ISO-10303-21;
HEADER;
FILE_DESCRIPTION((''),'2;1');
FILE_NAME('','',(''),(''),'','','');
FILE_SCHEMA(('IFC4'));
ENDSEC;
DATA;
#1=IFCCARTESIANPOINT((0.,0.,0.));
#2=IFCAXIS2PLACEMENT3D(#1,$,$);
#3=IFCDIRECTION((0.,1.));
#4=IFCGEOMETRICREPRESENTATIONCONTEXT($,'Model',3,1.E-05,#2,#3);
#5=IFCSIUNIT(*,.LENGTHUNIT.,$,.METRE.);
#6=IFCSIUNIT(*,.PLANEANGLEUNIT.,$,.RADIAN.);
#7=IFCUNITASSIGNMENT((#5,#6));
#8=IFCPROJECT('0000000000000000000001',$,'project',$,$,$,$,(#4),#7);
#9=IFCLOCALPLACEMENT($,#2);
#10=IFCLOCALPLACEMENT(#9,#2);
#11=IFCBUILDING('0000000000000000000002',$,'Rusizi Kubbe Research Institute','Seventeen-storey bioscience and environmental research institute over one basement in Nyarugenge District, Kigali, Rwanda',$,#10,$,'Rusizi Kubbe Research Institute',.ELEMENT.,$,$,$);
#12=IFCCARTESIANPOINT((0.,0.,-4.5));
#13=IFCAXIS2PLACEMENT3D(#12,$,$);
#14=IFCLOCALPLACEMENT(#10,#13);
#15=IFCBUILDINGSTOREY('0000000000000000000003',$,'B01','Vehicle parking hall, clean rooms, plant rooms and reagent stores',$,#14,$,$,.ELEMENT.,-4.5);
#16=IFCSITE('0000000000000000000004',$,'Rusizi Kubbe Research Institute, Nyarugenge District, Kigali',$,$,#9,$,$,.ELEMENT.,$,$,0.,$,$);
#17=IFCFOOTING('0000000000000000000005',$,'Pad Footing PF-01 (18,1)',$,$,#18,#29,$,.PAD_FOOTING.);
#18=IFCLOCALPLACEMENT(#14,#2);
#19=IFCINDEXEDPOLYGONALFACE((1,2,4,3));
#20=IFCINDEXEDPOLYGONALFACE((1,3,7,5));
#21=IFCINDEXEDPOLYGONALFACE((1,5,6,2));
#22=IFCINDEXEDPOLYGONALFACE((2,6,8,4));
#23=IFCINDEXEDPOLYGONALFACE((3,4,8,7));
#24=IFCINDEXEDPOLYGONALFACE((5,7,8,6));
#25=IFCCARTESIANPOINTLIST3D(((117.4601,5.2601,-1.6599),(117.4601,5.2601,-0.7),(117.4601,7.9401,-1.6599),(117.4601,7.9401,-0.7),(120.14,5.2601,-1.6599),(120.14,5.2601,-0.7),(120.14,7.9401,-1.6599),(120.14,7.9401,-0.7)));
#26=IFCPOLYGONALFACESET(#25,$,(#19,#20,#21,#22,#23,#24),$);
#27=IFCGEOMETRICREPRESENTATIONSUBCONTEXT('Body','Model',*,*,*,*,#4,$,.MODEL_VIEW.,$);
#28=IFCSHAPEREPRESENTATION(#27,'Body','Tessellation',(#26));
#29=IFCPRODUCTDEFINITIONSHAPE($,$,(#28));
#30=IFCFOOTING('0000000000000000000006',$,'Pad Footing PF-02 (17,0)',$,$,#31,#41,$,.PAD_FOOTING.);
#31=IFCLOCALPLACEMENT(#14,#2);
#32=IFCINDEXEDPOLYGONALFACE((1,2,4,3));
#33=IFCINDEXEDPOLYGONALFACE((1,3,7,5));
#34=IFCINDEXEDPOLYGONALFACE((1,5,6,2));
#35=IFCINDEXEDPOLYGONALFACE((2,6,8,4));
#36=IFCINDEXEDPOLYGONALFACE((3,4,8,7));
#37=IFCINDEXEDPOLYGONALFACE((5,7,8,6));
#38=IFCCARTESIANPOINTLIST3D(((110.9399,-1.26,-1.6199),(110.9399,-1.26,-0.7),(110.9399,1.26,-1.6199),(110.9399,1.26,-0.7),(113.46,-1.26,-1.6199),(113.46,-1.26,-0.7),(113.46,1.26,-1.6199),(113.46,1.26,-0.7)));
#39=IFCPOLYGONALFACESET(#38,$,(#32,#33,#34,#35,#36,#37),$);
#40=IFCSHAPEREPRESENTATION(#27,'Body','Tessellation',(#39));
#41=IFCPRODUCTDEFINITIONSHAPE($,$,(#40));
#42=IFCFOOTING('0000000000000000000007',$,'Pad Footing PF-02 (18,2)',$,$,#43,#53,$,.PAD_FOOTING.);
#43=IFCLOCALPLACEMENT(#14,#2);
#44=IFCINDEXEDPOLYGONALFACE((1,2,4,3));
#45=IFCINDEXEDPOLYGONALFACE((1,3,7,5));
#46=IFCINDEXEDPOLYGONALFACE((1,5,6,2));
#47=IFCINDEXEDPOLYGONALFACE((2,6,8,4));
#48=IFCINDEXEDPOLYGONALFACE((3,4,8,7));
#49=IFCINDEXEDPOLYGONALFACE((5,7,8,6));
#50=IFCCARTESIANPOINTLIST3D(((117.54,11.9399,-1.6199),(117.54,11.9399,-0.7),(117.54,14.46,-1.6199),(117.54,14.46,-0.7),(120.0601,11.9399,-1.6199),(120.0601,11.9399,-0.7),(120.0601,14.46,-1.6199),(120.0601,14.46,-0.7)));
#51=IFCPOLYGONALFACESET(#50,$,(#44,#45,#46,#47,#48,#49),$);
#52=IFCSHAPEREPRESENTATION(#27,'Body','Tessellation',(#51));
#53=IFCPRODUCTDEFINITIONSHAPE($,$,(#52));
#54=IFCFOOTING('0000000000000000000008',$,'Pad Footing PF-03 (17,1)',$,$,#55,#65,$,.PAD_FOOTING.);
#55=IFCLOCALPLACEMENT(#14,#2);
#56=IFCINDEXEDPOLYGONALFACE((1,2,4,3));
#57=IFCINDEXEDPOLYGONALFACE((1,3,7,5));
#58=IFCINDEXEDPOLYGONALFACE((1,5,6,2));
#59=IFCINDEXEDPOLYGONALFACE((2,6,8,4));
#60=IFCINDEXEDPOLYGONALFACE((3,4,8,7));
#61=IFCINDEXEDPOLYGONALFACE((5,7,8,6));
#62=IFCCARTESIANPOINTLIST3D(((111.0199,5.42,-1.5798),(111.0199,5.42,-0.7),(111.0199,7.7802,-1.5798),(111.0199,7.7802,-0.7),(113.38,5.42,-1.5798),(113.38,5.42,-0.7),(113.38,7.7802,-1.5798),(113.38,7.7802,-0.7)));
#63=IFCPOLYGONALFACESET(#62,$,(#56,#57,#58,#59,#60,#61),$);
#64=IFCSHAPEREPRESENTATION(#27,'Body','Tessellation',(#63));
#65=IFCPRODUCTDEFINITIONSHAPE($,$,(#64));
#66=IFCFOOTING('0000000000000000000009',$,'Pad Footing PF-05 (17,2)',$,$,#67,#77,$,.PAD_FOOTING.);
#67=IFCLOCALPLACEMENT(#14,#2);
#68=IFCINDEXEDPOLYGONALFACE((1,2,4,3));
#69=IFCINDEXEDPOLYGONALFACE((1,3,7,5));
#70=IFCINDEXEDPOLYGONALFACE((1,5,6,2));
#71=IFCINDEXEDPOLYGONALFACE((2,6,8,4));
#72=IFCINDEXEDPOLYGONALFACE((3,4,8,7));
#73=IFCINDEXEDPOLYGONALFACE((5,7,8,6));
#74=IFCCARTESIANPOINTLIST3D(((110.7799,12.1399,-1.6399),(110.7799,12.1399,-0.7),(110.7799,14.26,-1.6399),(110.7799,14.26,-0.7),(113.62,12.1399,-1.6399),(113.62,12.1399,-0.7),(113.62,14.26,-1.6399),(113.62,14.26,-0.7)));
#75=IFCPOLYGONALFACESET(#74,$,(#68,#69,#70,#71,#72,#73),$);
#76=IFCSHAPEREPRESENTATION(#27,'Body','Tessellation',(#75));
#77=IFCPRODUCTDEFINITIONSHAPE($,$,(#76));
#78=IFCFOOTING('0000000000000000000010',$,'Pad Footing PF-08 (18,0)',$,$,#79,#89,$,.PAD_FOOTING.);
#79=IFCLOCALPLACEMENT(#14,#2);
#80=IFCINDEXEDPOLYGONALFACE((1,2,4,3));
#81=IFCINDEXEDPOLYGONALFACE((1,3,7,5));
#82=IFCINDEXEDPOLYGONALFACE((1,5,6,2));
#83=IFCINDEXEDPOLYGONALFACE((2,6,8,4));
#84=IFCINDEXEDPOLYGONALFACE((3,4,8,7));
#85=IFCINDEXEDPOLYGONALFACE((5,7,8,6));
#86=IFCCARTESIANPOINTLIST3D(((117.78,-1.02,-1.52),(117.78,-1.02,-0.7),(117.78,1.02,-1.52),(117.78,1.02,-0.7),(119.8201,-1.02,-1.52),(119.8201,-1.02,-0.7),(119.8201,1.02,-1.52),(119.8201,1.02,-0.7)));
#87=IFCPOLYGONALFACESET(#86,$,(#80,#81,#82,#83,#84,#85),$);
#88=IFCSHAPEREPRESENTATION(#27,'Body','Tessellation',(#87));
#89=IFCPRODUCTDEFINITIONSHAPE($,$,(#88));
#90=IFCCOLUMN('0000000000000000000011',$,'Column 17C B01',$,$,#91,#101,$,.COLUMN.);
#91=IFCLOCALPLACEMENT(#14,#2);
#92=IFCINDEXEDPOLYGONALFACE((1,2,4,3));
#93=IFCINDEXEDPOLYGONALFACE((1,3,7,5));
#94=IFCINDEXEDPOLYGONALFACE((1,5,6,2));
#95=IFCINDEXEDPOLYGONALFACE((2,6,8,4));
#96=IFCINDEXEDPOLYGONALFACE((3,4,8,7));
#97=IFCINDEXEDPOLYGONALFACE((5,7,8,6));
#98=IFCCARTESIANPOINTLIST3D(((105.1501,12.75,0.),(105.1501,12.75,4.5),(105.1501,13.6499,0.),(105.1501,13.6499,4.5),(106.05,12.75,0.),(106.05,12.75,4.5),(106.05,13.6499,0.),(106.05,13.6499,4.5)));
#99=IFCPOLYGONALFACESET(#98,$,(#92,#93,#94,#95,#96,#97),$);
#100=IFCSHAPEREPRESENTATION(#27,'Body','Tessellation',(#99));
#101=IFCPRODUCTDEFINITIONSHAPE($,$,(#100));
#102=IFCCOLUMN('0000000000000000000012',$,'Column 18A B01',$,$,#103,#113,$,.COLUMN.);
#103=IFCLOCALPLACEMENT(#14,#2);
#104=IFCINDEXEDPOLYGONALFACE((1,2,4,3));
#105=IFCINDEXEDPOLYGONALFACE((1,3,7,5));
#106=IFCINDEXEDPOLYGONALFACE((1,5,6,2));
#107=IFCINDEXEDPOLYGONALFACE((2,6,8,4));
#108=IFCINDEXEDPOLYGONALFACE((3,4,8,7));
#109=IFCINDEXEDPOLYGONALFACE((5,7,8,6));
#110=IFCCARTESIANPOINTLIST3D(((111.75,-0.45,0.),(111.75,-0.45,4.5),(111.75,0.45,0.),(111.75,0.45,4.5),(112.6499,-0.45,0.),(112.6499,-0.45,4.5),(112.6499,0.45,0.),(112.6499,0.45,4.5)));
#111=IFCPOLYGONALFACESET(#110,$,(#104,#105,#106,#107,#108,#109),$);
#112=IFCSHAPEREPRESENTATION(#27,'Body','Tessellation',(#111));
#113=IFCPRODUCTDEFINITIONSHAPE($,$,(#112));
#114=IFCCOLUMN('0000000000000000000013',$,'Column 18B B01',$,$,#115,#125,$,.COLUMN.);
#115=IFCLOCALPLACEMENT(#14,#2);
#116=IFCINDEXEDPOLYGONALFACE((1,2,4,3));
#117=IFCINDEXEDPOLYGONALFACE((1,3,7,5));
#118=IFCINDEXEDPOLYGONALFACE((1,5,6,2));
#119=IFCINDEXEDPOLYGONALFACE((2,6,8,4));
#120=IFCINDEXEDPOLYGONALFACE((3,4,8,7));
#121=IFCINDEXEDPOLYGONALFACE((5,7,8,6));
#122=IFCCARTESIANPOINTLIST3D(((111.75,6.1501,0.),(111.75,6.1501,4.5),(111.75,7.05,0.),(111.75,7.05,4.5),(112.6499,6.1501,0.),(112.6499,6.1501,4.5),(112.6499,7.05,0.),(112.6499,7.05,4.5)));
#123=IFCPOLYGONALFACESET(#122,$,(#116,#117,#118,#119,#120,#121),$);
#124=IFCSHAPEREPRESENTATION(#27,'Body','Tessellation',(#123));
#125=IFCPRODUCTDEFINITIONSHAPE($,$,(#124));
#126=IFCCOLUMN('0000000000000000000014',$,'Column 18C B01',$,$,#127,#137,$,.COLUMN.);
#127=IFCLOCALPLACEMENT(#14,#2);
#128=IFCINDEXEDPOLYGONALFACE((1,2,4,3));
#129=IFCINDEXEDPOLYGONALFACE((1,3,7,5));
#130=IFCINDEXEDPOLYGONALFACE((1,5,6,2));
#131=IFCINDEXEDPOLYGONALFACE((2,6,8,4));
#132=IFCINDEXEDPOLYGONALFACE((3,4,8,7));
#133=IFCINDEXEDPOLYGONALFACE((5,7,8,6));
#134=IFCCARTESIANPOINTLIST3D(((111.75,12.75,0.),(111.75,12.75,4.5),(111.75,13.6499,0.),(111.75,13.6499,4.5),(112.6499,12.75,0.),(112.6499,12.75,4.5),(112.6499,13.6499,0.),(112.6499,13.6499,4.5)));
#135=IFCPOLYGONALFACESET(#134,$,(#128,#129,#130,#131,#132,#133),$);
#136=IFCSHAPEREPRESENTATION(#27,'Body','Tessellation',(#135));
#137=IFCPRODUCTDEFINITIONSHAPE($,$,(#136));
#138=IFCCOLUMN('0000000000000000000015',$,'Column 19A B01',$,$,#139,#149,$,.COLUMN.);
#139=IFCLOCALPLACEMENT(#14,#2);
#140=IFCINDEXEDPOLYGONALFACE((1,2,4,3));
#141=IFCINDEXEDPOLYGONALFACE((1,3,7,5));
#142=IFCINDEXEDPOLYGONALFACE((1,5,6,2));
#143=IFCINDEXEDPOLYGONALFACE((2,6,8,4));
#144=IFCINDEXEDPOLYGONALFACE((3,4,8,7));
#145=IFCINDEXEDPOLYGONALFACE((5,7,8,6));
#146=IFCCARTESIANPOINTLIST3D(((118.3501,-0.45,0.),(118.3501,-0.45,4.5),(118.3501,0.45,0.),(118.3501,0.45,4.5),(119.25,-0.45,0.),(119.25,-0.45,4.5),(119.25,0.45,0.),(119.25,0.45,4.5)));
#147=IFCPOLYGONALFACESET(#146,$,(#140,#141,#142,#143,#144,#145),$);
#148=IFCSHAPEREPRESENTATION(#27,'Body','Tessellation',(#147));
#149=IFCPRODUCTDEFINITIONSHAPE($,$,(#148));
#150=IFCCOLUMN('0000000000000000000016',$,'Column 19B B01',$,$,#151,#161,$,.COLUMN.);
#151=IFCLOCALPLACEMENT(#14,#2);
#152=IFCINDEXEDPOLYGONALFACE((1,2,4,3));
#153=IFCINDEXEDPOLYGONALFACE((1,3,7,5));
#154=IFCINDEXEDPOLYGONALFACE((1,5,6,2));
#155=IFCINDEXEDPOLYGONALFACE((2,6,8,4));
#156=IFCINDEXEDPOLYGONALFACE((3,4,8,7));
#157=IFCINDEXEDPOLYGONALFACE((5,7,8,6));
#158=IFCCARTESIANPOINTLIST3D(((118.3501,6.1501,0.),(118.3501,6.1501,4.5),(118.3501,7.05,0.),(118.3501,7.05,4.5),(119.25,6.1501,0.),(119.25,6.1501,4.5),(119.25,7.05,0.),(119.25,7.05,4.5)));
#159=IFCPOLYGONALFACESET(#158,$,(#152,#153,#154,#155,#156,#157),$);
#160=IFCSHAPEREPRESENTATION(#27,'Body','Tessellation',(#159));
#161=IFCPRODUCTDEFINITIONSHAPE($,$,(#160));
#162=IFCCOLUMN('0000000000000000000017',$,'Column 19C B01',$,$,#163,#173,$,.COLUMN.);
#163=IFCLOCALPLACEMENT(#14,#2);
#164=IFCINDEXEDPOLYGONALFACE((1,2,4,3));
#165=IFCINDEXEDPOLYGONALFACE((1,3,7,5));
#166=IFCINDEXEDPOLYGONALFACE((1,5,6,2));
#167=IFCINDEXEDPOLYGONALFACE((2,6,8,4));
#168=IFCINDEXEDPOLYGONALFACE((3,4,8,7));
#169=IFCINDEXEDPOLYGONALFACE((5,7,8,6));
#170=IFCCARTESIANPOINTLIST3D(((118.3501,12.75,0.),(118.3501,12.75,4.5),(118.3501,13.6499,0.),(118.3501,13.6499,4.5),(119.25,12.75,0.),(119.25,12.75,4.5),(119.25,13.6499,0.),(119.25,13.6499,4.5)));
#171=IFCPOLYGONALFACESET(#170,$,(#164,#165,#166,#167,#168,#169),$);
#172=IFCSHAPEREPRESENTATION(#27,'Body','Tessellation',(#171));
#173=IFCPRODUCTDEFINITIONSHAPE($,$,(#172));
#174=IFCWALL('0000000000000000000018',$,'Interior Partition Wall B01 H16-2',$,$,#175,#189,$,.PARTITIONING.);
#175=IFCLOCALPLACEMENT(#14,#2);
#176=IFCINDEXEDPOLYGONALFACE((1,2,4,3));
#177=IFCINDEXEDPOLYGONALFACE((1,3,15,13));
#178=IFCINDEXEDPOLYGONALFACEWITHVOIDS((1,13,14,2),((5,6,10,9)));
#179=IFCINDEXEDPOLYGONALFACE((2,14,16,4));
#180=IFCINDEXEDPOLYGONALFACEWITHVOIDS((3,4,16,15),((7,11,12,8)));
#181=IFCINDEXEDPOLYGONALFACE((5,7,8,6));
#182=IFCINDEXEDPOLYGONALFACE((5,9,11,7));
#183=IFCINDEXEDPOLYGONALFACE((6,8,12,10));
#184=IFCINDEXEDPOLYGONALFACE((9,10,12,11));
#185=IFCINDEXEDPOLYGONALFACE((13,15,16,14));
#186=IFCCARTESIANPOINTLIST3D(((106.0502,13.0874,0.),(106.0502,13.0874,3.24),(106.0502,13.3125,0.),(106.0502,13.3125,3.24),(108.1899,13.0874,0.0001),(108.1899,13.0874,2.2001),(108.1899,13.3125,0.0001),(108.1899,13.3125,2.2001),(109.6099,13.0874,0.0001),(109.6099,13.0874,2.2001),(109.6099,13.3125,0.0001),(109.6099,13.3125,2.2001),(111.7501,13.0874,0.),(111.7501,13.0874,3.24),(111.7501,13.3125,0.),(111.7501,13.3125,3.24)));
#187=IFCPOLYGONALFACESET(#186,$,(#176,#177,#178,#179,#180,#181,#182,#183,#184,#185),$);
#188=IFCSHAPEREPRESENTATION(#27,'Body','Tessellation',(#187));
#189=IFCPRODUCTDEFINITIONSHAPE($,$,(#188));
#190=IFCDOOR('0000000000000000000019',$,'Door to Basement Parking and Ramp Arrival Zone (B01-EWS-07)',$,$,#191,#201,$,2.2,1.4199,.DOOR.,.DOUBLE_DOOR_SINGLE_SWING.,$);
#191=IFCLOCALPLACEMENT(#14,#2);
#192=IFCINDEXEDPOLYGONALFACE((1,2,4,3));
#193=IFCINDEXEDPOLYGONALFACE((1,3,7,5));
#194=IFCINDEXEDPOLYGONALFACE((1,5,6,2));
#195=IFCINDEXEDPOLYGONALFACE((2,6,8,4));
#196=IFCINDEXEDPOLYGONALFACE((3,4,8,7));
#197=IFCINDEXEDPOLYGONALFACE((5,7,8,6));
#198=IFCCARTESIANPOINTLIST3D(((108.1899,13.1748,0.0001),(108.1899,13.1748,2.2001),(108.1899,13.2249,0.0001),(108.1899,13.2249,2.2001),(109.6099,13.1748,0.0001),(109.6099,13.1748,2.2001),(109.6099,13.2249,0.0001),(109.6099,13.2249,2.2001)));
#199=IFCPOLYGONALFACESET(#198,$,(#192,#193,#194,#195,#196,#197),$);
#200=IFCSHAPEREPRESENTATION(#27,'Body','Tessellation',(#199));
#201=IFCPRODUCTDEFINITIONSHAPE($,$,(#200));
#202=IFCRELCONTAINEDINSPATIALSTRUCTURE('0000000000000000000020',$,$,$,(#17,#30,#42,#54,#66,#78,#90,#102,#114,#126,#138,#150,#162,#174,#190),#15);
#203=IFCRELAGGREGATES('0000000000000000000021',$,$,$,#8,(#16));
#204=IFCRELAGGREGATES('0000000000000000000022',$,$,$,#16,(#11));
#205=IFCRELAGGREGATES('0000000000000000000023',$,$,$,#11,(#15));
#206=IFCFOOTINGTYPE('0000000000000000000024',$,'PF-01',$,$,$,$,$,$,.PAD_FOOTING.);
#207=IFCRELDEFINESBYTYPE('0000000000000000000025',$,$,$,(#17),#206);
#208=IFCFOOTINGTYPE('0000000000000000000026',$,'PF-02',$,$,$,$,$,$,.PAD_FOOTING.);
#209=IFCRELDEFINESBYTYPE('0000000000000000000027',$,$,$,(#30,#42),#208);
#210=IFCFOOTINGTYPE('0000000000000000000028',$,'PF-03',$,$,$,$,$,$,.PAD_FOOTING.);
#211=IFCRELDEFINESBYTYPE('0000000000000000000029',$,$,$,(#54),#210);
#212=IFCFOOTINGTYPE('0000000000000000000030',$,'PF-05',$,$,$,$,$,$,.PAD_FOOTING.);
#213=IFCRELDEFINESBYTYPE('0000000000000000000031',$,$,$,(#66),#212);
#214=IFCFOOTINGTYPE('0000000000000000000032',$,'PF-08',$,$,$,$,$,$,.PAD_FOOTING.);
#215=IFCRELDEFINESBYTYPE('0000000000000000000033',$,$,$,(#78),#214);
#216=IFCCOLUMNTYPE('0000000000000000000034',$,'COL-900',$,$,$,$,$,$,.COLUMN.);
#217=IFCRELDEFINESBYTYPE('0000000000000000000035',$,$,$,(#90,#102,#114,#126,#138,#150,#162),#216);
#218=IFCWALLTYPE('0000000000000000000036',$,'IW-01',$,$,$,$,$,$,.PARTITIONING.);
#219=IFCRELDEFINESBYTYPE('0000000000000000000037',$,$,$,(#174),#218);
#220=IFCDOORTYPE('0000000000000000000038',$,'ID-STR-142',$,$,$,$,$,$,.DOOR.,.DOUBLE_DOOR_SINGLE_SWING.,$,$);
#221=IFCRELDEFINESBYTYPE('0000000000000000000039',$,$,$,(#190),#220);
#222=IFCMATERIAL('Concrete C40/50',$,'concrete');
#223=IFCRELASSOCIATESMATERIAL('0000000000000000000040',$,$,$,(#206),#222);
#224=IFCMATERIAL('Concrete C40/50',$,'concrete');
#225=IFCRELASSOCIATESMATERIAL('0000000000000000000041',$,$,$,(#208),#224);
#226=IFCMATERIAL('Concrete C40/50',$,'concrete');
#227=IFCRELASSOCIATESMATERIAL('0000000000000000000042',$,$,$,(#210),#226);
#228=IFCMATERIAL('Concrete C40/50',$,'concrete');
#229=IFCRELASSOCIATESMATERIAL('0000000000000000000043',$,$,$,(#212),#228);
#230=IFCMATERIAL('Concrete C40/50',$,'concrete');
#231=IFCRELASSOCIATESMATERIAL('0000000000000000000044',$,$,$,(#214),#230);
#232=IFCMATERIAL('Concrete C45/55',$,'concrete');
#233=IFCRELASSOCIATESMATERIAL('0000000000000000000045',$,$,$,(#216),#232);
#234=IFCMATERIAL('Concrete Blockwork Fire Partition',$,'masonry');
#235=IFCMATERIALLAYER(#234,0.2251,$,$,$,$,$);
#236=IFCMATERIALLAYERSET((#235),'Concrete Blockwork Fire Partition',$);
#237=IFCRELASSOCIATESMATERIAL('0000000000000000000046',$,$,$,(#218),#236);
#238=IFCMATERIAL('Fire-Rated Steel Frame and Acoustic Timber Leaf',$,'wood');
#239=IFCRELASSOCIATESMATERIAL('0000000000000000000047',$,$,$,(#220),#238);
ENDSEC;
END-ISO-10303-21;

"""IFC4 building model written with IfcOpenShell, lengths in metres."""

from ifc_helpers import new_model, si_unit, direction, frame, frame_2d, origin, origin_2d, place, context, subcontext, project, spatial, rectangle, extrude, material, layer, layer_set, material_profile, profile_set, type_object, element, fill, save


model = new_model("IFC4")

# Units and contexts
model_context = context("Model", 3, precision=1e-05, world=origin(), true_north=direction((0.0, 1.0)))
body_context = subcontext(model_context, "Body", "Model", "MODEL_VIEW")
ifc_project = project(units=[si_unit("LENGTHUNIT", "METRE"), si_unit("PLANEANGLEUNIT", "RADIAN")], contexts=[model_context])

# Site, building, storey
site_placement = place(None, origin())
site = spatial("IfcSite", under=ifc_project, at=site_placement, Name="Rusizi Kubbe Research Institute, Nyarugenge District, Kigali", CompositionType="ELEMENT", RefElevation=0.0)
building_placement = place(site_placement, origin())
building = spatial("IfcBuilding", under=site, at=building_placement, Name="Rusizi Kubbe Research Institute", Description="Seventeen-storey bioscience and environmental research institute over one basement in Nyarugenge District, Kigali, Rwanda", LongName="Rusizi Kubbe Research Institute", CompositionType="ELEMENT")
storey_placement = place(building_placement, frame((0.0, 0.0, -4.5)))
storey = spatial("IfcBuildingStorey", under=building, at=storey_placement, Name="B01", Description="Vehicle parking hall, clean rooms, plant rooms and reagent stores", CompositionType="ELEMENT", Elevation=-4.5)

# Footings
ifc_material_1 = material(Name="Concrete C40/50", Category="concrete")
footing_type_1 = type_object("IfcFootingType", Name="PF-01", PredefinedType="PAD_FOOTING", material=ifc_material_1)
footing_1_placement = place(storey_placement, frame((118.8, 6.6001, -1.6599), z_axis=(0.0, 0.0, 1.0), x_axis=(1.0, 0.0, 0.0)))
element("IfcFooting", 1, at=footing_1_placement, inside=storey, type_object=footing_type_1, Name="Pad Footing PF-01 (18,1)", PredefinedType="PAD_FOOTING", context=body_context, shape_type="SweptSolid", body=[
    extrude(rectangle(XDim=2.6799, YDim=2.6799, at=origin_2d()), origin(), (0.0, 0.0, 1.0), 0.96),
])
ifc_material_2 = material(Name="Concrete C40/50", Category="concrete")
footing_type_2 = type_object("IfcFootingType", Name="PF-02", PredefinedType="PAD_FOOTING", material=ifc_material_2)
for number, where, z_axis, x_axis, name in (
    (2, (112.2, 0.0, -1.6199), (0.0, 0.0, 1.0), (1.0, 0.0, 0.0), "Pad Footing PF-02 (17,0)"),
    (3, (118.8, 13.2, -1.6199), (0.0, 0.0, 1.0), (1.0, 0.0, 0.0), "Pad Footing PF-02 (18,2)"),
):
    element("IfcFooting", number, at=place(storey_placement, frame(where, z_axis=z_axis, x_axis=x_axis)), inside=storey, type_object=footing_type_2, Name=name, PredefinedType="PAD_FOOTING", context=body_context, shape_type="SweptSolid", body=[
        extrude(rectangle(XDim=2.52, YDim=2.52, at=origin_2d()), origin(), (0.0, 0.0, 1.0), 0.9199),
    ])
ifc_material_3 = material(Name="Concrete C40/50", Category="concrete")
footing_type_3 = type_object("IfcFootingType", Name="PF-03", PredefinedType="PAD_FOOTING", material=ifc_material_3)
footing_2_placement = place(storey_placement, frame((112.2, 6.6001, -1.5798), z_axis=(0.0, 0.0, 1.0), x_axis=(1.0, 0.0, 0.0)))
element("IfcFooting", 4, at=footing_2_placement, inside=storey, type_object=footing_type_3, Name="Pad Footing PF-03 (17,1)", PredefinedType="PAD_FOOTING", context=body_context, shape_type="SweptSolid", body=[
    extrude(rectangle(XDim=2.3601, YDim=2.3601, at=origin_2d()), origin(), (0.0, 0.0, 1.0), 0.8799),
])
ifc_material_4 = material(Name="Concrete C40/50", Category="concrete")
footing_type_4 = type_object("IfcFootingType", Name="PF-05", PredefinedType="PAD_FOOTING", material=ifc_material_4)
footing_3_placement = place(storey_placement, frame((112.2, 13.2, -1.6399), z_axis=(0.0, 0.0, 1.0), x_axis=(1.0, 0.0, 0.0)))
element("IfcFooting", 5, at=footing_3_placement, inside=storey, type_object=footing_type_4, Name="Pad Footing PF-05 (17,2)", PredefinedType="PAD_FOOTING", context=body_context, shape_type="SweptSolid", body=[
    extrude(rectangle(XDim=2.8401, YDim=2.1201, at=origin_2d()), origin(), (0.0, 0.0, 1.0), 0.9399),
])
ifc_material_5 = material(Name="Concrete C40/50", Category="concrete")
footing_type_5 = type_object("IfcFootingType", Name="PF-08", PredefinedType="PAD_FOOTING", material=ifc_material_5)
footing_4_placement = place(storey_placement, frame((118.8, 0.0, -1.52), z_axis=(0.0, 0.0, 1.0), x_axis=(1.0, 0.0, 0.0)))
element("IfcFooting", 6, at=footing_4_placement, inside=storey, type_object=footing_type_5, Name="Pad Footing PF-08 (18,0)", PredefinedType="PAD_FOOTING", context=body_context, shape_type="SweptSolid", body=[
    extrude(rectangle(XDim=2.04, YDim=2.04, at=origin_2d()), origin(), (0.0, 0.0, 1.0), 0.8201),
])

# Columns
ifc_material_6 = material(Name="Concrete C45/55", Category="concrete")
ifc_material_profile = material_profile(ifc_material_6, rectangle(XDim=0.8999, YDim=0.8999, at=origin_2d()), Name="RC900x900")
ifc_profile_set = profile_set([ifc_material_profile], Name="Concrete C45/55")
column_type = type_object("IfcColumnType", Name="COL-900", PredefinedType="COLUMN", material=ifc_profile_set)
for number, where, z_axis, x_axis, name in (
    (7, (105.6001, 13.2, 0.0), (0.0, 0.0, 1.0), (1.0, 0.0, 0.0), "Column 17C B01"),
    (8, (112.2, 0.0, 0.0), (0.0, 0.0, 1.0), (1.0, 0.0, 0.0), "Column 18A B01"),
    (9, (112.2, 6.6001, 0.0), (0.0, 0.0, 1.0), (1.0, 0.0, 0.0), "Column 18B B01"),
    (10, (112.2, 13.2, 0.0), (0.0, 0.0, 1.0), (1.0, 0.0, 0.0), "Column 18C B01"),
    (11, (118.8, 0.0, 0.0), (0.0, 0.0, 1.0), (1.0, 0.0, 0.0), "Column 19A B01"),
    (12, (118.8, 6.6001, 0.0), (0.0, 0.0, 1.0), (1.0, 0.0, 0.0), "Column 19B B01"),
    (13, (118.8, 13.2, 0.0), (0.0, 0.0, 1.0), (1.0, 0.0, 0.0), "Column 19C B01"),
):
    element("IfcColumn", number, at=place(storey_placement, frame(where, z_axis=z_axis, x_axis=x_axis)), inside=storey, type_object=column_type, Name=name, PredefinedType="COLUMN", context=body_context, shape_type="SweptSolid", body=[
        extrude(rectangle(XDim=0.8999, YDim=0.8999, at=origin_2d()), origin(), (0.0, 0.0, 1.0), 4.5),
    ])

# Wall, opening, door
ifc_material_7 = material(Name="Concrete Blockwork Fire Partition", Category="masonry")
ifc_layer_1 = layer(ifc_material_7, 0.2251)
ifc_layer_set_1 = layer_set([ifc_layer_1], Name="Concrete Blockwork Fire Partition")
wall_type_1 = type_object("IfcWallType", Name="IW-01", PredefinedType="PARTITIONING", material=ifc_layer_set_1)
wall_1_placement = place(storey_placement, frame((106.05, 13.2, 0.0), z_axis=(0.0, 0.0, 1.0), x_axis=(1.0, 0.0, 0.0)))
wall_1 = element("IfcWall", 14, at=wall_1_placement, inside=storey, type_object=wall_type_1, Name="Interior Partition Wall B01 H16-2", PredefinedType="PARTITIONING", context=body_context, shape_type="SweptSolid", body=[
    extrude(rectangle(XDim=5.7, YDim=0.2251, at=frame_2d((2.8501, 0.0))), origin(), (0.0, 0.0, 1.0), 3.24),
])
opening_placement = place(wall_1_placement, frame((2.1399, 0.0, 0.0)))
opening = element("IfcOpeningElement", 15, at=opening_placement, cuts=wall_1, PredefinedType="OPENING", context=body_context, shape_type="SweptSolid", body=[
    extrude(rectangle(XDim=1.4199, YDim=2.2, at=frame_2d((0.71, 1.1001))), frame((0.0, 0.1226, 0.0), z_axis=(0.0, -1.0, 0.0), x_axis=(1.0, 0.0, 0.0)), (0.0, 0.0, 1.0), 0.2451),
])
ifc_material_8 = material(Name="Fire-Rated Steel Frame and Acoustic Timber Leaf", Category="wood")
door_type = type_object("IfcDoorType", Name="ID-STR-142", OperationType="DOUBLE_DOOR_SINGLE_SWING", PredefinedType="DOOR", material=ifc_material_8)
door_placement = place(opening_placement, origin())
door = element("IfcDoor", 16, at=door_placement, inside=storey, type_object=door_type, Name="Door to Basement Parking and Ramp Arrival Zone (B01-EWS-07)", OperationType="DOUBLE_DOOR_SINGLE_SWING", OverallHeight=2.2, OverallWidth=1.4199, PredefinedType="DOOR", context=body_context, shape_type="SweptSolid", body=[
    extrude(rectangle(XDim=1.4199, YDim=2.2, at=frame_2d((0.71, 1.1001))), frame((0.0, 0.0249, 0.0), z_axis=(0.0, -1.0, 0.0), x_axis=(1.0, 0.0, 0.0)), (0.0, 0.0, 1.0), 0.05),
])
fill(opening, door)

save(model, "model.ifc")
